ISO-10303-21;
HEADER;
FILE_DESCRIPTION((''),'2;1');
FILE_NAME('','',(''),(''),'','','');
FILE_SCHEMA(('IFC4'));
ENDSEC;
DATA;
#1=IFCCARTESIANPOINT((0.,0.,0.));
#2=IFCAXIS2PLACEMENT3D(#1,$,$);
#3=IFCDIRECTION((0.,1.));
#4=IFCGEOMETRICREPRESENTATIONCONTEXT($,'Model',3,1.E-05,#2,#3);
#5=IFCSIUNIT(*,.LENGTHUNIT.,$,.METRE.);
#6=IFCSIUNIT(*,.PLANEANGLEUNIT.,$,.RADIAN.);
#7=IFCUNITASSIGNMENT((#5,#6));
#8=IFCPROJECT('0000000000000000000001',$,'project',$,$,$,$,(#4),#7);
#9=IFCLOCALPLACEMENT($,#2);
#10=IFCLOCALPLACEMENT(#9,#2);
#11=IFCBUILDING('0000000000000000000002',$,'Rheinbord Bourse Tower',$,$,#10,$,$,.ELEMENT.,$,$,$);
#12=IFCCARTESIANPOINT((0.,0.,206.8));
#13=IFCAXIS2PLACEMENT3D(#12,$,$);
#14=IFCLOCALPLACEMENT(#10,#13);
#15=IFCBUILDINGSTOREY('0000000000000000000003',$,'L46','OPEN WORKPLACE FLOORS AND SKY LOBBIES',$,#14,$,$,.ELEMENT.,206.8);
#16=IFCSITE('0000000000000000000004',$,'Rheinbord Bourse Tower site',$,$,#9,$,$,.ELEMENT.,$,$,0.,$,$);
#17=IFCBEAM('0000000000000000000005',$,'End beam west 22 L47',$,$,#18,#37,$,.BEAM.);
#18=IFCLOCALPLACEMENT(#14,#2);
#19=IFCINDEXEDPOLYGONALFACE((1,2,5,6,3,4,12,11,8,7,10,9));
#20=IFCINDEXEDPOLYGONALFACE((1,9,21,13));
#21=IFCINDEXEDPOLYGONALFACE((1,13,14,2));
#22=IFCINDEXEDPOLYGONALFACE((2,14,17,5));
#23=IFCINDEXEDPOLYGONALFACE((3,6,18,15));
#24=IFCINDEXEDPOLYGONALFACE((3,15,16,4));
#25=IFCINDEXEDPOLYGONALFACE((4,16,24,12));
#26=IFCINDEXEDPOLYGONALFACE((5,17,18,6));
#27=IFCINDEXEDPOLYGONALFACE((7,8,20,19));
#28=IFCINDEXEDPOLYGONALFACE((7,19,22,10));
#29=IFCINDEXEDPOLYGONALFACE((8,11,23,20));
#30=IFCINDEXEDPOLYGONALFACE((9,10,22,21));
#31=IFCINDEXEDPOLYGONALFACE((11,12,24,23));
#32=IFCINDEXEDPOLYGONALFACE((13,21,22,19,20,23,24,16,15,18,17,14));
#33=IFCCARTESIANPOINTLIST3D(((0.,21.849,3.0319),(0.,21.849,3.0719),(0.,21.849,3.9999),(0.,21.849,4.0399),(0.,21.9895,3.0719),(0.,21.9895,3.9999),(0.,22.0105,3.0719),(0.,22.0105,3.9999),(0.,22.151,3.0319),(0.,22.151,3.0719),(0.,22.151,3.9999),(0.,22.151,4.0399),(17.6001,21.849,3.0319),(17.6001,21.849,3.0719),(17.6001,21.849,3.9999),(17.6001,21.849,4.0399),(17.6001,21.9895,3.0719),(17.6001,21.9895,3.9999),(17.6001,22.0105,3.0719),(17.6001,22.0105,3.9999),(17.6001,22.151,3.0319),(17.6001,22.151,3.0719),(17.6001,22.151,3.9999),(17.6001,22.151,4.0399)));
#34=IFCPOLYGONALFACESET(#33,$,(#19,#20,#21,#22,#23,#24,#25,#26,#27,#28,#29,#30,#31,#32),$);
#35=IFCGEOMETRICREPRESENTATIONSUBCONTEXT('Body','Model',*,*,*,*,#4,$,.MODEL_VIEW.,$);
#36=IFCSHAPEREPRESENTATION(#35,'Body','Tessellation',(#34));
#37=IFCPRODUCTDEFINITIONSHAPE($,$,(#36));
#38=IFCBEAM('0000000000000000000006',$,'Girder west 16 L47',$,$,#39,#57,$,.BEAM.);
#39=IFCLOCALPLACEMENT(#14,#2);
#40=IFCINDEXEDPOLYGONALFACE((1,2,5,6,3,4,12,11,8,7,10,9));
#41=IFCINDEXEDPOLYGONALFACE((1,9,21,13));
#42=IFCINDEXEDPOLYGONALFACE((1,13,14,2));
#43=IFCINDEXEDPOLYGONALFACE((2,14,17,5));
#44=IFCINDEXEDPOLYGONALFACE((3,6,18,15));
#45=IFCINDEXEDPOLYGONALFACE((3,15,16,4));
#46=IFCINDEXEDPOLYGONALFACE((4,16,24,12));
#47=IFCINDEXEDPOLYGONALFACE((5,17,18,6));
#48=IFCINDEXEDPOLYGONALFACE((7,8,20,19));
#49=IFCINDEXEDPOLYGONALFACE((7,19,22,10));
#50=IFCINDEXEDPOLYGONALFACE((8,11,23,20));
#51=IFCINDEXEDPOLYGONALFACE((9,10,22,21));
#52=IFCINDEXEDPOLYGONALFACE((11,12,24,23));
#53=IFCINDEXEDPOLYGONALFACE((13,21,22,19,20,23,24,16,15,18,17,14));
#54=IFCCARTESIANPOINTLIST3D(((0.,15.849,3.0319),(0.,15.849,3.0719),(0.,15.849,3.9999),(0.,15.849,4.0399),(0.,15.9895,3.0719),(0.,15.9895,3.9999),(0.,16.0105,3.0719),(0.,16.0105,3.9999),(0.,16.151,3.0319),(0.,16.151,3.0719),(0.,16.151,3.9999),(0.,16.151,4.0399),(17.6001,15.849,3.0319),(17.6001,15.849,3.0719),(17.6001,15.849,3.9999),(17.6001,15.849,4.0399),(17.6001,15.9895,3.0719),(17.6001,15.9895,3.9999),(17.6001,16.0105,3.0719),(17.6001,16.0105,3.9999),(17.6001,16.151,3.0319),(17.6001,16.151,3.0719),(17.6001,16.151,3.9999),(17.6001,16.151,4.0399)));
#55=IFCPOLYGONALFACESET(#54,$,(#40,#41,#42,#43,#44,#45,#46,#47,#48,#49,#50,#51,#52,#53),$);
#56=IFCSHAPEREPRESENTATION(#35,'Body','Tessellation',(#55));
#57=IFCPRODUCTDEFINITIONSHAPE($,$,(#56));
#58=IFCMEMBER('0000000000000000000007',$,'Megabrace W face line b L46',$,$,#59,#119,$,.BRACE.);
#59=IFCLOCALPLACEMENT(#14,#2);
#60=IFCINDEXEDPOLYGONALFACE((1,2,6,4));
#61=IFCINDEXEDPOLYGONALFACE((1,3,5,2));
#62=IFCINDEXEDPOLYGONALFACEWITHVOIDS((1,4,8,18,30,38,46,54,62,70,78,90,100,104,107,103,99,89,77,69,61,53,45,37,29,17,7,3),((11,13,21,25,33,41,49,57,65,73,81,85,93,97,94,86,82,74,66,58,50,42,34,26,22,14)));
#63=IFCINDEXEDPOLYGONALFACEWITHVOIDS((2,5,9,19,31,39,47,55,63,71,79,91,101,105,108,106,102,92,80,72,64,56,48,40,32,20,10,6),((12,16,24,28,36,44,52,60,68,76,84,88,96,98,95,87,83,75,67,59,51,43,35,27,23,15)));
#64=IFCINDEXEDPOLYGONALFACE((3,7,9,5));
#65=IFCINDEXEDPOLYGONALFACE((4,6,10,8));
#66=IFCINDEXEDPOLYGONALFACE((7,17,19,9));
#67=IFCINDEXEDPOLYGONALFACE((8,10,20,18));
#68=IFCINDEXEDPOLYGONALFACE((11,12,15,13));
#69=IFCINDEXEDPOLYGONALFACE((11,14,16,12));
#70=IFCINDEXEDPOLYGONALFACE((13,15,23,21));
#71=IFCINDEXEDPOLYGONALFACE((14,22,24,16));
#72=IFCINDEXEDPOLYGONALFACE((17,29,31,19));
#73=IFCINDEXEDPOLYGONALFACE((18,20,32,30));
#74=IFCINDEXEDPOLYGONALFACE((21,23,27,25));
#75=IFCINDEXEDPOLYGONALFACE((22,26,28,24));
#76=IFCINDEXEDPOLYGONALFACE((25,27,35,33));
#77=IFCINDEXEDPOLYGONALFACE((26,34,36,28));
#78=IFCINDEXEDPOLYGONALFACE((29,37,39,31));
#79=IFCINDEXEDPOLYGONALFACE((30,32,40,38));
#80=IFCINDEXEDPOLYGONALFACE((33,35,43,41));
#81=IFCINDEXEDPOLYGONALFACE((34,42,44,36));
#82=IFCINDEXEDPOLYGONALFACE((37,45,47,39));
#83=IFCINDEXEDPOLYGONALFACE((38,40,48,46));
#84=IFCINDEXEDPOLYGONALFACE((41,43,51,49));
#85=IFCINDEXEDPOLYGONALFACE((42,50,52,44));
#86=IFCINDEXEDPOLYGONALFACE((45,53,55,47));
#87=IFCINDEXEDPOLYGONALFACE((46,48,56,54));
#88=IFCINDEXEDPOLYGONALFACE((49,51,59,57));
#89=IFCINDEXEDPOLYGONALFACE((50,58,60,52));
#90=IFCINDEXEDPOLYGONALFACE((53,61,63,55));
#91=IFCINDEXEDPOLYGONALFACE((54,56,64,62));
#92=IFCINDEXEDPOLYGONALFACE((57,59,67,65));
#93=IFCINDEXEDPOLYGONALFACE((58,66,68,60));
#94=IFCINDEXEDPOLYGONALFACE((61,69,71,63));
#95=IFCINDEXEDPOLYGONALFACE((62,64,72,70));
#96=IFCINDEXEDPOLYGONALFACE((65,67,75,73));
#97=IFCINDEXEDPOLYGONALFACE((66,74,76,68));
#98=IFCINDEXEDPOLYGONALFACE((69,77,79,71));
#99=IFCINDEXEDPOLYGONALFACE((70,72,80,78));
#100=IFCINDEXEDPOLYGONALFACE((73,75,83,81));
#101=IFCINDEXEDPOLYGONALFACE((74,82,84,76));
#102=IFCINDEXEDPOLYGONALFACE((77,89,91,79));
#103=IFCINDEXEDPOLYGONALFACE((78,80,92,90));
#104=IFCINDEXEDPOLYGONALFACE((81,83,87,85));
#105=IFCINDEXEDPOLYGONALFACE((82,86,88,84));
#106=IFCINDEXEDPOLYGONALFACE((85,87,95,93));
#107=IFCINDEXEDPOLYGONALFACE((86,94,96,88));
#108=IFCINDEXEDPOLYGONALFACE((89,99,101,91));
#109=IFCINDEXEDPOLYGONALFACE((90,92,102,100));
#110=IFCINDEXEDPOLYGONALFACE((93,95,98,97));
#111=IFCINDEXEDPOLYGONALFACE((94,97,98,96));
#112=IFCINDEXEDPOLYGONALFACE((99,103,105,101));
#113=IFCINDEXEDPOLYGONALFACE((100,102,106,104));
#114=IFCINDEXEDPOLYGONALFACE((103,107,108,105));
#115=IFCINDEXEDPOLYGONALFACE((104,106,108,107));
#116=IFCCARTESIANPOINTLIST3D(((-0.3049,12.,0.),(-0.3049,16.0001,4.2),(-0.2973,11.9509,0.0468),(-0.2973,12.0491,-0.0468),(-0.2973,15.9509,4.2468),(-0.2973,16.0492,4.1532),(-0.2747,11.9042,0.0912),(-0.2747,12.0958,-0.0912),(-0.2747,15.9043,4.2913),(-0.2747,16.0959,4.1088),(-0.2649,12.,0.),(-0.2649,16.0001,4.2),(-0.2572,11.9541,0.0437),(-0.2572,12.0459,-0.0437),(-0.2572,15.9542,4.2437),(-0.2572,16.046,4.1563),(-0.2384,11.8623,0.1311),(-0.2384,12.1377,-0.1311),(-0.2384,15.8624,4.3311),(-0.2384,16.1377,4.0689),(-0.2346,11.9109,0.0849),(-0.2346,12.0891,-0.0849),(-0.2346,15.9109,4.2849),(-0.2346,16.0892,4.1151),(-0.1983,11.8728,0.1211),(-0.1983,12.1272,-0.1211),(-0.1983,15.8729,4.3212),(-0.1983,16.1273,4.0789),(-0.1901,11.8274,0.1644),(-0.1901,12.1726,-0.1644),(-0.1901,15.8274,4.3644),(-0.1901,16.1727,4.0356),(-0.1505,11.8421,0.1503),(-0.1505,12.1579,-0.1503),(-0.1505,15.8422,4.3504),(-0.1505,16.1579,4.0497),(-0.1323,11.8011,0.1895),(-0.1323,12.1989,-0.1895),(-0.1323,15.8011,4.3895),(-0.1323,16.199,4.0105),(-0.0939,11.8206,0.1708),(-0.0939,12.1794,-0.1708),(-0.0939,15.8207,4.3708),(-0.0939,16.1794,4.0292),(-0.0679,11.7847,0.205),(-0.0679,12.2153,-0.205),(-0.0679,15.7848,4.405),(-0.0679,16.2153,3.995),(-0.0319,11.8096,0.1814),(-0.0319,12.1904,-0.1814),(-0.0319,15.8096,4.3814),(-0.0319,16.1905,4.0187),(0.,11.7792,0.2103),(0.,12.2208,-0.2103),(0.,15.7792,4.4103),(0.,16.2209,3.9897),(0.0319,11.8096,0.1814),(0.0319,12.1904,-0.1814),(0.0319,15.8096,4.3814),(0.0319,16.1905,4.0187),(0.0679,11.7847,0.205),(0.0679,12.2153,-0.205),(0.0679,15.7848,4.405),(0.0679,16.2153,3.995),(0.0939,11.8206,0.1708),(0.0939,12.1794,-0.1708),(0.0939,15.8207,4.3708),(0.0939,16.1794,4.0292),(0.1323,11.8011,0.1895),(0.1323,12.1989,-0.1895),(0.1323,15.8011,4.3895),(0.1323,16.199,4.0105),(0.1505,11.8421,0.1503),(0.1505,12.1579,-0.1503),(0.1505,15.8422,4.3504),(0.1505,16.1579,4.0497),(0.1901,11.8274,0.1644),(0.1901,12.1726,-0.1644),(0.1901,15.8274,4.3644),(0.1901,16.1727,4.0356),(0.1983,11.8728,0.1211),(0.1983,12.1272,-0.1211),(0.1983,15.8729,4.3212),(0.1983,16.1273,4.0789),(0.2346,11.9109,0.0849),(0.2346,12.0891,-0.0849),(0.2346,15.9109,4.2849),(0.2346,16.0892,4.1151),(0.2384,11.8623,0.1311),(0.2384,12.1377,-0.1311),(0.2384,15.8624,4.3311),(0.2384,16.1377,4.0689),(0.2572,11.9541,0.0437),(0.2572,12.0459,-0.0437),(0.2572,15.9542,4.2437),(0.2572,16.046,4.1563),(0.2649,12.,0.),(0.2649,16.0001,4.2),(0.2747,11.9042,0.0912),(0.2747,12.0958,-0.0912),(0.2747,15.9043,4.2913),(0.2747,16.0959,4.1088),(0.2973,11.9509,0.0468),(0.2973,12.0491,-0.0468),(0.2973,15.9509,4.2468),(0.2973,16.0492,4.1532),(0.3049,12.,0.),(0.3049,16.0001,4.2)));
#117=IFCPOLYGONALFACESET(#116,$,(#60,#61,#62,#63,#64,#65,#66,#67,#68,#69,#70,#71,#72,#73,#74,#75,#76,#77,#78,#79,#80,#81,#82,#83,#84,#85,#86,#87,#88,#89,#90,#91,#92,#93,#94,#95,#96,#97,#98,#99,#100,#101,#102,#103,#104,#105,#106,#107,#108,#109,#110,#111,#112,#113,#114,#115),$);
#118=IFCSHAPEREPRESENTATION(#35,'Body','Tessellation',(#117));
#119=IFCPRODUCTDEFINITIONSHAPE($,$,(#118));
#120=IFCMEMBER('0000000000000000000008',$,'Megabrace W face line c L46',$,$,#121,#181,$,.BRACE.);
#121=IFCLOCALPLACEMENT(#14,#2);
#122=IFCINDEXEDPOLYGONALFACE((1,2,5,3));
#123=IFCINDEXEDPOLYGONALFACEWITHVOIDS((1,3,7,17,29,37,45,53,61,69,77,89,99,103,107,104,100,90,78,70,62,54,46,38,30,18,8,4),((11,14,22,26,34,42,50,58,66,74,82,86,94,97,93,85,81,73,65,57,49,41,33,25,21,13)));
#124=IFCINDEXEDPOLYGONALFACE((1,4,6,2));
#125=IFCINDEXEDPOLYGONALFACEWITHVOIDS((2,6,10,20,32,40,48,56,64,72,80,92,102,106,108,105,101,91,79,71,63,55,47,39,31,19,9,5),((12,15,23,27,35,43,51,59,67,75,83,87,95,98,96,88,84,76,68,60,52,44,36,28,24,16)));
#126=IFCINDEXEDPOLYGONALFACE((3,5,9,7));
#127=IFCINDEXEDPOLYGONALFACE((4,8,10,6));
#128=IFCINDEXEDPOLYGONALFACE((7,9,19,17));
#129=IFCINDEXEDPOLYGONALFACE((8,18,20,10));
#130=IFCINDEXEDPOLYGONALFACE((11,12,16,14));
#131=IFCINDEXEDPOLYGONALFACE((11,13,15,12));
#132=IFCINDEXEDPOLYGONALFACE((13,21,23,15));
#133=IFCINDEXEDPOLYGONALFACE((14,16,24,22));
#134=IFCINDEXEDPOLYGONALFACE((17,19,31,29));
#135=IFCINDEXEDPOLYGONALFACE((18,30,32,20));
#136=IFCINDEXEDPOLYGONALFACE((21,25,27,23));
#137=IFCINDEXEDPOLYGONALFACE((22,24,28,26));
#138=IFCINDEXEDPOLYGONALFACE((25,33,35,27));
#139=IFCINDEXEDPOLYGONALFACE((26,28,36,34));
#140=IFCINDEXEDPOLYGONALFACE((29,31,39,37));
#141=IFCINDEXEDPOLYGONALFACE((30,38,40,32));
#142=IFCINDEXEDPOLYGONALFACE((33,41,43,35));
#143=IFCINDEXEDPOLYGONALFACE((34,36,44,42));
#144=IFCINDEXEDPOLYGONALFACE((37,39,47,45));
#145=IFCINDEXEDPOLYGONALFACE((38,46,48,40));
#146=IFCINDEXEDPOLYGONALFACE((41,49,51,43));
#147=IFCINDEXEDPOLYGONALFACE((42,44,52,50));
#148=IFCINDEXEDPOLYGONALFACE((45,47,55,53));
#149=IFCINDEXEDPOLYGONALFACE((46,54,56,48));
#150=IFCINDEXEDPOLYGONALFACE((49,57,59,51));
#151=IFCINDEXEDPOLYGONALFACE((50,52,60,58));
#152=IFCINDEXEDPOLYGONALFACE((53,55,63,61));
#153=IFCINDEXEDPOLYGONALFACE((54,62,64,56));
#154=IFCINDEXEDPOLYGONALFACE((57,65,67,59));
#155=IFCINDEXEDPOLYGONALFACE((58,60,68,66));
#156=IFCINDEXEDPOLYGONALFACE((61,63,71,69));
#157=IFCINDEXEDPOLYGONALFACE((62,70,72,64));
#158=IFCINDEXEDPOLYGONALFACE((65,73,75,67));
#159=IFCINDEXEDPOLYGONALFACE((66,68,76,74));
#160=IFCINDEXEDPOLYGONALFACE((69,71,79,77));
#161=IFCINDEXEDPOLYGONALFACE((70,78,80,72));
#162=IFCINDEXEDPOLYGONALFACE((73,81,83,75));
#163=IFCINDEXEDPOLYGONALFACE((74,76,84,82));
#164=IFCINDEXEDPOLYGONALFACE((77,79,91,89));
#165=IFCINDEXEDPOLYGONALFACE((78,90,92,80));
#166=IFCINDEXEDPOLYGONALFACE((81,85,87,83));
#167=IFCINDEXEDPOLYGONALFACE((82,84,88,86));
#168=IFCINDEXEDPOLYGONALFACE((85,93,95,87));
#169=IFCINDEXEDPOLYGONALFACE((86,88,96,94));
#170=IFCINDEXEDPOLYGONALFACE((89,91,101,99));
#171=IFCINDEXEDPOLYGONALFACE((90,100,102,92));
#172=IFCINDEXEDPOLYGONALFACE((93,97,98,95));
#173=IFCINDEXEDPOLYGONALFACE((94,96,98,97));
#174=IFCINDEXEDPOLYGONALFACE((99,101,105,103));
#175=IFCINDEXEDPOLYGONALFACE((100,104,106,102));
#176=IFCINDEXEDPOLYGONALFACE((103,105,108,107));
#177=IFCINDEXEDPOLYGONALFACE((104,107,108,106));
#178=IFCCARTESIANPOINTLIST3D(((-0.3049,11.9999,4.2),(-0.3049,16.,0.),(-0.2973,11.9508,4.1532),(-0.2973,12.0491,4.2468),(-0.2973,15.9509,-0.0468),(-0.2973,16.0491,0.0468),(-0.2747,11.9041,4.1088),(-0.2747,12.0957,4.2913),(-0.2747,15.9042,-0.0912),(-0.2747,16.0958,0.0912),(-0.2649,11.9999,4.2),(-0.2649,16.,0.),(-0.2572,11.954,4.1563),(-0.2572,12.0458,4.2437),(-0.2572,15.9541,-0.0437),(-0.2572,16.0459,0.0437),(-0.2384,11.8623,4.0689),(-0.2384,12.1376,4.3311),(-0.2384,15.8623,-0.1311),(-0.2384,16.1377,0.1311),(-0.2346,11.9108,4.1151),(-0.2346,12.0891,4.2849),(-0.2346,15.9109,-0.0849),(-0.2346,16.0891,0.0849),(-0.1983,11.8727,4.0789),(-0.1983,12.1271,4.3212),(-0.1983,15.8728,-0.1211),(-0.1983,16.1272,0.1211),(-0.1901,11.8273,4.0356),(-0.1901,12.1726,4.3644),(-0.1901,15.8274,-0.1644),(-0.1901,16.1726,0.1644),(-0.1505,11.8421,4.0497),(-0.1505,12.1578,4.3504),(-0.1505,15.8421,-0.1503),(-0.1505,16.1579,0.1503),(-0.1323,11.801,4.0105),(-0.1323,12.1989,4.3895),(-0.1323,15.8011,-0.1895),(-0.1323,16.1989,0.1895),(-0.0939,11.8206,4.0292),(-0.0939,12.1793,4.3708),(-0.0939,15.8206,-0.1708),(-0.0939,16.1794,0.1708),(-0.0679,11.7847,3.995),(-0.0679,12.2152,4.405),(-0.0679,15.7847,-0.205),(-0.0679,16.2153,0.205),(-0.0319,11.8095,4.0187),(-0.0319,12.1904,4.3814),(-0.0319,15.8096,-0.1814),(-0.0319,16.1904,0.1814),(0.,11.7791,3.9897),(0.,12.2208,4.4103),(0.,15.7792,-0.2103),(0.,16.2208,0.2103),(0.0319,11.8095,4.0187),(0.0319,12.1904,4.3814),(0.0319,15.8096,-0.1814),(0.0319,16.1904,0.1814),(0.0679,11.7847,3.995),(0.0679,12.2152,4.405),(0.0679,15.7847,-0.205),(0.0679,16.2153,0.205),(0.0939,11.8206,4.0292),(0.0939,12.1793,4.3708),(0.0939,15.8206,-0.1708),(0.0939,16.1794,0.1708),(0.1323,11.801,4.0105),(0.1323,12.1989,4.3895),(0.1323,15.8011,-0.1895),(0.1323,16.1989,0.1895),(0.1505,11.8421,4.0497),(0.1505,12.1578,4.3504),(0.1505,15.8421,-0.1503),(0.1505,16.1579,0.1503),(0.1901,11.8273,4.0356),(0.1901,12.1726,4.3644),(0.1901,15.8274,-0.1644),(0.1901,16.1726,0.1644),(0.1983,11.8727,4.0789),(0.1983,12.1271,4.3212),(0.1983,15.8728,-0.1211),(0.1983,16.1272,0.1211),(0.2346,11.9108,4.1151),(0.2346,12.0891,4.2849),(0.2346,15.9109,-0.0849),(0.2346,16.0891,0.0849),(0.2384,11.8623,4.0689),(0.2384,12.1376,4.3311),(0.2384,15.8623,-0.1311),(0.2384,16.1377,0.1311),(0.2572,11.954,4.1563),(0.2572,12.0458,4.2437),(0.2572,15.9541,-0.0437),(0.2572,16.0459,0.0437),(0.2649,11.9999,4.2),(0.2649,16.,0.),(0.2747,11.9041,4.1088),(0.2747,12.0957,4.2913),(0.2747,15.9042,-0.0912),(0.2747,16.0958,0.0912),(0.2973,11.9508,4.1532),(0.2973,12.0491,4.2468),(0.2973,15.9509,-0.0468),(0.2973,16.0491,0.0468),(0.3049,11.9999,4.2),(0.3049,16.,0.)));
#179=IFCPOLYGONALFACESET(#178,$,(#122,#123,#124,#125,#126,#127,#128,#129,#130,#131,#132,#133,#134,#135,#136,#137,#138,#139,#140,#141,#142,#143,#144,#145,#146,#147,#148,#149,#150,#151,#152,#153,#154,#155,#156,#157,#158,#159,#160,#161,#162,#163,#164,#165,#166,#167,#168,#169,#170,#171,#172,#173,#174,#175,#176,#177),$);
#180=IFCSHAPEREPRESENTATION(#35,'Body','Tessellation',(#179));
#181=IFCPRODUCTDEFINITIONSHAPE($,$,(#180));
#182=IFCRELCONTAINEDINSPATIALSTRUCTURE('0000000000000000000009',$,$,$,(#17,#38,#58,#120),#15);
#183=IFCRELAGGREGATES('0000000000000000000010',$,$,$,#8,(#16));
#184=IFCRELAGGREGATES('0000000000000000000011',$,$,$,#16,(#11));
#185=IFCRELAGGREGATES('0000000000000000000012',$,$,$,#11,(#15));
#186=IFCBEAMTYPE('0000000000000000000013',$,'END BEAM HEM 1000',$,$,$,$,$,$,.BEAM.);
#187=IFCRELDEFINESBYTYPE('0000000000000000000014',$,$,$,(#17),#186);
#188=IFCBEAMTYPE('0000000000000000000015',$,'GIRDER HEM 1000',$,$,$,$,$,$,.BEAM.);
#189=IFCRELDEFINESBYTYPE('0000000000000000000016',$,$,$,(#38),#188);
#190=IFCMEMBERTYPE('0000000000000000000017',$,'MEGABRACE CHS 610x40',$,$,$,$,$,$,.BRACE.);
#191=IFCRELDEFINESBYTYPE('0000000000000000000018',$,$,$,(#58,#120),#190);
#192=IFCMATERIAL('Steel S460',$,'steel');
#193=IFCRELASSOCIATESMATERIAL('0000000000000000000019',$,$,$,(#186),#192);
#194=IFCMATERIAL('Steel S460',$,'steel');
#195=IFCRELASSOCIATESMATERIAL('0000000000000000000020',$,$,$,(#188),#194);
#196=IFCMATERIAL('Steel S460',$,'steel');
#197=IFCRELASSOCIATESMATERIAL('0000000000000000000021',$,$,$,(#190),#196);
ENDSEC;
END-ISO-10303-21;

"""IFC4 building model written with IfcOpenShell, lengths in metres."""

from ifc_helpers import new_model, si_unit, direction, frame, origin, origin_2d, place, context, subcontext, project, spatial, hollow_circle, i_section, extrude, material, material_profile, profile_set, type_object, element, save


model = new_model("IFC4")

# Units and contexts
model_context = context("Model", 3, precision=1e-05, world=origin(), true_north=direction((0.0, 1.0)))
body_context = subcontext(model_context, "Body", "Model", "MODEL_VIEW")
ifc_project = project(units=[si_unit("LENGTHUNIT", "METRE"), si_unit("PLANEANGLEUNIT", "RADIAN")], contexts=[model_context])

# Site, building, storey
site_placement = place(None, origin())
site = spatial("IfcSite", under=ifc_project, at=site_placement, Name="Rheinbord Bourse Tower site", CompositionType="ELEMENT", RefElevation=0.0)
building_placement = place(site_placement, origin())
building = spatial("IfcBuilding", under=site, at=building_placement, Name="Rheinbord Bourse Tower", CompositionType="ELEMENT")
storey_placement = place(building_placement, frame((0.0, 0.0, 206.8)))
storey = spatial("IfcBuildingStorey", under=building, at=storey_placement, Name="L46", Description="OPEN WORKPLACE FLOORS AND SKY LOBBIES", CompositionType="ELEMENT", Elevation=206.8)

# Beams
ifc_material_1 = material(Name="Steel S460", Category="steel")
ifc_material_profile_1 = material_profile(ifc_material_1, i_section(OverallWidth=0.302, OverallDepth=1.0081, WebThickness=0.021, FlangeThickness=0.04, at=origin_2d()), Name="HEM 1000")
ifc_profile_set_1 = profile_set([ifc_material_profile_1], Name="Steel S460")
beam_type_1 = type_object("IfcBeamType", Name="END BEAM HEM 1000", PredefinedType="BEAM", material=ifc_profile_set_1)
for number, where, z_axis, x_axis, name in (
    (1, (0.0, 22.0, 3.5359), (1.0, 0.0, 0.0), (0.0, 1.0, 0.0), "End beam west 22 L47"),
):
    element("IfcBeam", number, at=place(storey_placement, frame(where, z_axis=z_axis, x_axis=x_axis)), inside=storey, type_object=beam_type_1, Name=name, PredefinedType="BEAM", context=body_context, shape_type="SweptSolid", body=[
        extrude(i_section(OverallWidth=0.302, OverallDepth=1.0081, WebThickness=0.021, FlangeThickness=0.04, at=origin_2d()), origin(), (0.0, 0.0, 1.0), 17.6001),
    ])
ifc_material_2 = material(Name="Steel S460", Category="steel")
ifc_material_profile_2 = material_profile(ifc_material_2, i_section(OverallWidth=0.302, OverallDepth=1.0081, WebThickness=0.021, FlangeThickness=0.04, at=origin_2d()), Name="HEM 1000")
ifc_profile_set_2 = profile_set([ifc_material_profile_2], Name="Steel S460")
beam_type_2 = type_object("IfcBeamType", Name="GIRDER HEM 1000", PredefinedType="BEAM", material=ifc_profile_set_2)
beam_1_placement = place(storey_placement, frame((0.0, 16.0, 3.5359), z_axis=(1.0, 0.0, 0.0), x_axis=(0.0, 1.0, 0.0)))
element("IfcBeam", 2, at=beam_1_placement, inside=storey, type_object=beam_type_2, Name="Girder west 16 L47", PredefinedType="BEAM", context=body_context, shape_type="SweptSolid", body=[
    extrude(i_section(OverallWidth=0.302, OverallDepth=1.0081, WebThickness=0.021, FlangeThickness=0.04, at=origin_2d()), origin(), (0.0, 0.0, 1.0), 17.6001),
])

# Members
ifc_material_3 = material(Name="Steel S460", Category="steel")
ifc_material_profile_3 = material_profile(ifc_material_3, hollow_circle(Radius=0.3049, WallThickness=0.04, at=origin_2d()), Name="CHS 610x40")
ifc_profile_set_3 = profile_set([ifc_material_profile_3], Name="Steel S460")
member_type_1 = type_object("IfcMemberType", Name="MEGABRACE CHS 610x40", PredefinedType="BRACE", material=ifc_profile_set_3)
for number, where, z_axis, x_axis, name in (
    (3, (0.0, 12.0, 0.0), (0.0, 0.689659, 0.724134), (-1.0, 0.0, 0.0), "Megabrace W face line b L46"),
    (4, (0.0, 16.0, 0.0), (0.0, -0.689659, 0.724134), (1.0, 0.0, 0.0), "Megabrace W face line c L46"),
):
    element("IfcMember", number, at=place(storey_placement, frame(where, z_axis=z_axis, x_axis=x_axis)), inside=storey, type_object=member_type_1, Name=name, PredefinedType="BRACE", context=body_context, shape_type="SweptSolid", body=[
        extrude(hollow_circle(Radius=0.3049, WallThickness=0.04, at=origin_2d()), origin(), (0.0, 0.0, 1.0), 5.8),
    ])

save(model, "model.ifc")
